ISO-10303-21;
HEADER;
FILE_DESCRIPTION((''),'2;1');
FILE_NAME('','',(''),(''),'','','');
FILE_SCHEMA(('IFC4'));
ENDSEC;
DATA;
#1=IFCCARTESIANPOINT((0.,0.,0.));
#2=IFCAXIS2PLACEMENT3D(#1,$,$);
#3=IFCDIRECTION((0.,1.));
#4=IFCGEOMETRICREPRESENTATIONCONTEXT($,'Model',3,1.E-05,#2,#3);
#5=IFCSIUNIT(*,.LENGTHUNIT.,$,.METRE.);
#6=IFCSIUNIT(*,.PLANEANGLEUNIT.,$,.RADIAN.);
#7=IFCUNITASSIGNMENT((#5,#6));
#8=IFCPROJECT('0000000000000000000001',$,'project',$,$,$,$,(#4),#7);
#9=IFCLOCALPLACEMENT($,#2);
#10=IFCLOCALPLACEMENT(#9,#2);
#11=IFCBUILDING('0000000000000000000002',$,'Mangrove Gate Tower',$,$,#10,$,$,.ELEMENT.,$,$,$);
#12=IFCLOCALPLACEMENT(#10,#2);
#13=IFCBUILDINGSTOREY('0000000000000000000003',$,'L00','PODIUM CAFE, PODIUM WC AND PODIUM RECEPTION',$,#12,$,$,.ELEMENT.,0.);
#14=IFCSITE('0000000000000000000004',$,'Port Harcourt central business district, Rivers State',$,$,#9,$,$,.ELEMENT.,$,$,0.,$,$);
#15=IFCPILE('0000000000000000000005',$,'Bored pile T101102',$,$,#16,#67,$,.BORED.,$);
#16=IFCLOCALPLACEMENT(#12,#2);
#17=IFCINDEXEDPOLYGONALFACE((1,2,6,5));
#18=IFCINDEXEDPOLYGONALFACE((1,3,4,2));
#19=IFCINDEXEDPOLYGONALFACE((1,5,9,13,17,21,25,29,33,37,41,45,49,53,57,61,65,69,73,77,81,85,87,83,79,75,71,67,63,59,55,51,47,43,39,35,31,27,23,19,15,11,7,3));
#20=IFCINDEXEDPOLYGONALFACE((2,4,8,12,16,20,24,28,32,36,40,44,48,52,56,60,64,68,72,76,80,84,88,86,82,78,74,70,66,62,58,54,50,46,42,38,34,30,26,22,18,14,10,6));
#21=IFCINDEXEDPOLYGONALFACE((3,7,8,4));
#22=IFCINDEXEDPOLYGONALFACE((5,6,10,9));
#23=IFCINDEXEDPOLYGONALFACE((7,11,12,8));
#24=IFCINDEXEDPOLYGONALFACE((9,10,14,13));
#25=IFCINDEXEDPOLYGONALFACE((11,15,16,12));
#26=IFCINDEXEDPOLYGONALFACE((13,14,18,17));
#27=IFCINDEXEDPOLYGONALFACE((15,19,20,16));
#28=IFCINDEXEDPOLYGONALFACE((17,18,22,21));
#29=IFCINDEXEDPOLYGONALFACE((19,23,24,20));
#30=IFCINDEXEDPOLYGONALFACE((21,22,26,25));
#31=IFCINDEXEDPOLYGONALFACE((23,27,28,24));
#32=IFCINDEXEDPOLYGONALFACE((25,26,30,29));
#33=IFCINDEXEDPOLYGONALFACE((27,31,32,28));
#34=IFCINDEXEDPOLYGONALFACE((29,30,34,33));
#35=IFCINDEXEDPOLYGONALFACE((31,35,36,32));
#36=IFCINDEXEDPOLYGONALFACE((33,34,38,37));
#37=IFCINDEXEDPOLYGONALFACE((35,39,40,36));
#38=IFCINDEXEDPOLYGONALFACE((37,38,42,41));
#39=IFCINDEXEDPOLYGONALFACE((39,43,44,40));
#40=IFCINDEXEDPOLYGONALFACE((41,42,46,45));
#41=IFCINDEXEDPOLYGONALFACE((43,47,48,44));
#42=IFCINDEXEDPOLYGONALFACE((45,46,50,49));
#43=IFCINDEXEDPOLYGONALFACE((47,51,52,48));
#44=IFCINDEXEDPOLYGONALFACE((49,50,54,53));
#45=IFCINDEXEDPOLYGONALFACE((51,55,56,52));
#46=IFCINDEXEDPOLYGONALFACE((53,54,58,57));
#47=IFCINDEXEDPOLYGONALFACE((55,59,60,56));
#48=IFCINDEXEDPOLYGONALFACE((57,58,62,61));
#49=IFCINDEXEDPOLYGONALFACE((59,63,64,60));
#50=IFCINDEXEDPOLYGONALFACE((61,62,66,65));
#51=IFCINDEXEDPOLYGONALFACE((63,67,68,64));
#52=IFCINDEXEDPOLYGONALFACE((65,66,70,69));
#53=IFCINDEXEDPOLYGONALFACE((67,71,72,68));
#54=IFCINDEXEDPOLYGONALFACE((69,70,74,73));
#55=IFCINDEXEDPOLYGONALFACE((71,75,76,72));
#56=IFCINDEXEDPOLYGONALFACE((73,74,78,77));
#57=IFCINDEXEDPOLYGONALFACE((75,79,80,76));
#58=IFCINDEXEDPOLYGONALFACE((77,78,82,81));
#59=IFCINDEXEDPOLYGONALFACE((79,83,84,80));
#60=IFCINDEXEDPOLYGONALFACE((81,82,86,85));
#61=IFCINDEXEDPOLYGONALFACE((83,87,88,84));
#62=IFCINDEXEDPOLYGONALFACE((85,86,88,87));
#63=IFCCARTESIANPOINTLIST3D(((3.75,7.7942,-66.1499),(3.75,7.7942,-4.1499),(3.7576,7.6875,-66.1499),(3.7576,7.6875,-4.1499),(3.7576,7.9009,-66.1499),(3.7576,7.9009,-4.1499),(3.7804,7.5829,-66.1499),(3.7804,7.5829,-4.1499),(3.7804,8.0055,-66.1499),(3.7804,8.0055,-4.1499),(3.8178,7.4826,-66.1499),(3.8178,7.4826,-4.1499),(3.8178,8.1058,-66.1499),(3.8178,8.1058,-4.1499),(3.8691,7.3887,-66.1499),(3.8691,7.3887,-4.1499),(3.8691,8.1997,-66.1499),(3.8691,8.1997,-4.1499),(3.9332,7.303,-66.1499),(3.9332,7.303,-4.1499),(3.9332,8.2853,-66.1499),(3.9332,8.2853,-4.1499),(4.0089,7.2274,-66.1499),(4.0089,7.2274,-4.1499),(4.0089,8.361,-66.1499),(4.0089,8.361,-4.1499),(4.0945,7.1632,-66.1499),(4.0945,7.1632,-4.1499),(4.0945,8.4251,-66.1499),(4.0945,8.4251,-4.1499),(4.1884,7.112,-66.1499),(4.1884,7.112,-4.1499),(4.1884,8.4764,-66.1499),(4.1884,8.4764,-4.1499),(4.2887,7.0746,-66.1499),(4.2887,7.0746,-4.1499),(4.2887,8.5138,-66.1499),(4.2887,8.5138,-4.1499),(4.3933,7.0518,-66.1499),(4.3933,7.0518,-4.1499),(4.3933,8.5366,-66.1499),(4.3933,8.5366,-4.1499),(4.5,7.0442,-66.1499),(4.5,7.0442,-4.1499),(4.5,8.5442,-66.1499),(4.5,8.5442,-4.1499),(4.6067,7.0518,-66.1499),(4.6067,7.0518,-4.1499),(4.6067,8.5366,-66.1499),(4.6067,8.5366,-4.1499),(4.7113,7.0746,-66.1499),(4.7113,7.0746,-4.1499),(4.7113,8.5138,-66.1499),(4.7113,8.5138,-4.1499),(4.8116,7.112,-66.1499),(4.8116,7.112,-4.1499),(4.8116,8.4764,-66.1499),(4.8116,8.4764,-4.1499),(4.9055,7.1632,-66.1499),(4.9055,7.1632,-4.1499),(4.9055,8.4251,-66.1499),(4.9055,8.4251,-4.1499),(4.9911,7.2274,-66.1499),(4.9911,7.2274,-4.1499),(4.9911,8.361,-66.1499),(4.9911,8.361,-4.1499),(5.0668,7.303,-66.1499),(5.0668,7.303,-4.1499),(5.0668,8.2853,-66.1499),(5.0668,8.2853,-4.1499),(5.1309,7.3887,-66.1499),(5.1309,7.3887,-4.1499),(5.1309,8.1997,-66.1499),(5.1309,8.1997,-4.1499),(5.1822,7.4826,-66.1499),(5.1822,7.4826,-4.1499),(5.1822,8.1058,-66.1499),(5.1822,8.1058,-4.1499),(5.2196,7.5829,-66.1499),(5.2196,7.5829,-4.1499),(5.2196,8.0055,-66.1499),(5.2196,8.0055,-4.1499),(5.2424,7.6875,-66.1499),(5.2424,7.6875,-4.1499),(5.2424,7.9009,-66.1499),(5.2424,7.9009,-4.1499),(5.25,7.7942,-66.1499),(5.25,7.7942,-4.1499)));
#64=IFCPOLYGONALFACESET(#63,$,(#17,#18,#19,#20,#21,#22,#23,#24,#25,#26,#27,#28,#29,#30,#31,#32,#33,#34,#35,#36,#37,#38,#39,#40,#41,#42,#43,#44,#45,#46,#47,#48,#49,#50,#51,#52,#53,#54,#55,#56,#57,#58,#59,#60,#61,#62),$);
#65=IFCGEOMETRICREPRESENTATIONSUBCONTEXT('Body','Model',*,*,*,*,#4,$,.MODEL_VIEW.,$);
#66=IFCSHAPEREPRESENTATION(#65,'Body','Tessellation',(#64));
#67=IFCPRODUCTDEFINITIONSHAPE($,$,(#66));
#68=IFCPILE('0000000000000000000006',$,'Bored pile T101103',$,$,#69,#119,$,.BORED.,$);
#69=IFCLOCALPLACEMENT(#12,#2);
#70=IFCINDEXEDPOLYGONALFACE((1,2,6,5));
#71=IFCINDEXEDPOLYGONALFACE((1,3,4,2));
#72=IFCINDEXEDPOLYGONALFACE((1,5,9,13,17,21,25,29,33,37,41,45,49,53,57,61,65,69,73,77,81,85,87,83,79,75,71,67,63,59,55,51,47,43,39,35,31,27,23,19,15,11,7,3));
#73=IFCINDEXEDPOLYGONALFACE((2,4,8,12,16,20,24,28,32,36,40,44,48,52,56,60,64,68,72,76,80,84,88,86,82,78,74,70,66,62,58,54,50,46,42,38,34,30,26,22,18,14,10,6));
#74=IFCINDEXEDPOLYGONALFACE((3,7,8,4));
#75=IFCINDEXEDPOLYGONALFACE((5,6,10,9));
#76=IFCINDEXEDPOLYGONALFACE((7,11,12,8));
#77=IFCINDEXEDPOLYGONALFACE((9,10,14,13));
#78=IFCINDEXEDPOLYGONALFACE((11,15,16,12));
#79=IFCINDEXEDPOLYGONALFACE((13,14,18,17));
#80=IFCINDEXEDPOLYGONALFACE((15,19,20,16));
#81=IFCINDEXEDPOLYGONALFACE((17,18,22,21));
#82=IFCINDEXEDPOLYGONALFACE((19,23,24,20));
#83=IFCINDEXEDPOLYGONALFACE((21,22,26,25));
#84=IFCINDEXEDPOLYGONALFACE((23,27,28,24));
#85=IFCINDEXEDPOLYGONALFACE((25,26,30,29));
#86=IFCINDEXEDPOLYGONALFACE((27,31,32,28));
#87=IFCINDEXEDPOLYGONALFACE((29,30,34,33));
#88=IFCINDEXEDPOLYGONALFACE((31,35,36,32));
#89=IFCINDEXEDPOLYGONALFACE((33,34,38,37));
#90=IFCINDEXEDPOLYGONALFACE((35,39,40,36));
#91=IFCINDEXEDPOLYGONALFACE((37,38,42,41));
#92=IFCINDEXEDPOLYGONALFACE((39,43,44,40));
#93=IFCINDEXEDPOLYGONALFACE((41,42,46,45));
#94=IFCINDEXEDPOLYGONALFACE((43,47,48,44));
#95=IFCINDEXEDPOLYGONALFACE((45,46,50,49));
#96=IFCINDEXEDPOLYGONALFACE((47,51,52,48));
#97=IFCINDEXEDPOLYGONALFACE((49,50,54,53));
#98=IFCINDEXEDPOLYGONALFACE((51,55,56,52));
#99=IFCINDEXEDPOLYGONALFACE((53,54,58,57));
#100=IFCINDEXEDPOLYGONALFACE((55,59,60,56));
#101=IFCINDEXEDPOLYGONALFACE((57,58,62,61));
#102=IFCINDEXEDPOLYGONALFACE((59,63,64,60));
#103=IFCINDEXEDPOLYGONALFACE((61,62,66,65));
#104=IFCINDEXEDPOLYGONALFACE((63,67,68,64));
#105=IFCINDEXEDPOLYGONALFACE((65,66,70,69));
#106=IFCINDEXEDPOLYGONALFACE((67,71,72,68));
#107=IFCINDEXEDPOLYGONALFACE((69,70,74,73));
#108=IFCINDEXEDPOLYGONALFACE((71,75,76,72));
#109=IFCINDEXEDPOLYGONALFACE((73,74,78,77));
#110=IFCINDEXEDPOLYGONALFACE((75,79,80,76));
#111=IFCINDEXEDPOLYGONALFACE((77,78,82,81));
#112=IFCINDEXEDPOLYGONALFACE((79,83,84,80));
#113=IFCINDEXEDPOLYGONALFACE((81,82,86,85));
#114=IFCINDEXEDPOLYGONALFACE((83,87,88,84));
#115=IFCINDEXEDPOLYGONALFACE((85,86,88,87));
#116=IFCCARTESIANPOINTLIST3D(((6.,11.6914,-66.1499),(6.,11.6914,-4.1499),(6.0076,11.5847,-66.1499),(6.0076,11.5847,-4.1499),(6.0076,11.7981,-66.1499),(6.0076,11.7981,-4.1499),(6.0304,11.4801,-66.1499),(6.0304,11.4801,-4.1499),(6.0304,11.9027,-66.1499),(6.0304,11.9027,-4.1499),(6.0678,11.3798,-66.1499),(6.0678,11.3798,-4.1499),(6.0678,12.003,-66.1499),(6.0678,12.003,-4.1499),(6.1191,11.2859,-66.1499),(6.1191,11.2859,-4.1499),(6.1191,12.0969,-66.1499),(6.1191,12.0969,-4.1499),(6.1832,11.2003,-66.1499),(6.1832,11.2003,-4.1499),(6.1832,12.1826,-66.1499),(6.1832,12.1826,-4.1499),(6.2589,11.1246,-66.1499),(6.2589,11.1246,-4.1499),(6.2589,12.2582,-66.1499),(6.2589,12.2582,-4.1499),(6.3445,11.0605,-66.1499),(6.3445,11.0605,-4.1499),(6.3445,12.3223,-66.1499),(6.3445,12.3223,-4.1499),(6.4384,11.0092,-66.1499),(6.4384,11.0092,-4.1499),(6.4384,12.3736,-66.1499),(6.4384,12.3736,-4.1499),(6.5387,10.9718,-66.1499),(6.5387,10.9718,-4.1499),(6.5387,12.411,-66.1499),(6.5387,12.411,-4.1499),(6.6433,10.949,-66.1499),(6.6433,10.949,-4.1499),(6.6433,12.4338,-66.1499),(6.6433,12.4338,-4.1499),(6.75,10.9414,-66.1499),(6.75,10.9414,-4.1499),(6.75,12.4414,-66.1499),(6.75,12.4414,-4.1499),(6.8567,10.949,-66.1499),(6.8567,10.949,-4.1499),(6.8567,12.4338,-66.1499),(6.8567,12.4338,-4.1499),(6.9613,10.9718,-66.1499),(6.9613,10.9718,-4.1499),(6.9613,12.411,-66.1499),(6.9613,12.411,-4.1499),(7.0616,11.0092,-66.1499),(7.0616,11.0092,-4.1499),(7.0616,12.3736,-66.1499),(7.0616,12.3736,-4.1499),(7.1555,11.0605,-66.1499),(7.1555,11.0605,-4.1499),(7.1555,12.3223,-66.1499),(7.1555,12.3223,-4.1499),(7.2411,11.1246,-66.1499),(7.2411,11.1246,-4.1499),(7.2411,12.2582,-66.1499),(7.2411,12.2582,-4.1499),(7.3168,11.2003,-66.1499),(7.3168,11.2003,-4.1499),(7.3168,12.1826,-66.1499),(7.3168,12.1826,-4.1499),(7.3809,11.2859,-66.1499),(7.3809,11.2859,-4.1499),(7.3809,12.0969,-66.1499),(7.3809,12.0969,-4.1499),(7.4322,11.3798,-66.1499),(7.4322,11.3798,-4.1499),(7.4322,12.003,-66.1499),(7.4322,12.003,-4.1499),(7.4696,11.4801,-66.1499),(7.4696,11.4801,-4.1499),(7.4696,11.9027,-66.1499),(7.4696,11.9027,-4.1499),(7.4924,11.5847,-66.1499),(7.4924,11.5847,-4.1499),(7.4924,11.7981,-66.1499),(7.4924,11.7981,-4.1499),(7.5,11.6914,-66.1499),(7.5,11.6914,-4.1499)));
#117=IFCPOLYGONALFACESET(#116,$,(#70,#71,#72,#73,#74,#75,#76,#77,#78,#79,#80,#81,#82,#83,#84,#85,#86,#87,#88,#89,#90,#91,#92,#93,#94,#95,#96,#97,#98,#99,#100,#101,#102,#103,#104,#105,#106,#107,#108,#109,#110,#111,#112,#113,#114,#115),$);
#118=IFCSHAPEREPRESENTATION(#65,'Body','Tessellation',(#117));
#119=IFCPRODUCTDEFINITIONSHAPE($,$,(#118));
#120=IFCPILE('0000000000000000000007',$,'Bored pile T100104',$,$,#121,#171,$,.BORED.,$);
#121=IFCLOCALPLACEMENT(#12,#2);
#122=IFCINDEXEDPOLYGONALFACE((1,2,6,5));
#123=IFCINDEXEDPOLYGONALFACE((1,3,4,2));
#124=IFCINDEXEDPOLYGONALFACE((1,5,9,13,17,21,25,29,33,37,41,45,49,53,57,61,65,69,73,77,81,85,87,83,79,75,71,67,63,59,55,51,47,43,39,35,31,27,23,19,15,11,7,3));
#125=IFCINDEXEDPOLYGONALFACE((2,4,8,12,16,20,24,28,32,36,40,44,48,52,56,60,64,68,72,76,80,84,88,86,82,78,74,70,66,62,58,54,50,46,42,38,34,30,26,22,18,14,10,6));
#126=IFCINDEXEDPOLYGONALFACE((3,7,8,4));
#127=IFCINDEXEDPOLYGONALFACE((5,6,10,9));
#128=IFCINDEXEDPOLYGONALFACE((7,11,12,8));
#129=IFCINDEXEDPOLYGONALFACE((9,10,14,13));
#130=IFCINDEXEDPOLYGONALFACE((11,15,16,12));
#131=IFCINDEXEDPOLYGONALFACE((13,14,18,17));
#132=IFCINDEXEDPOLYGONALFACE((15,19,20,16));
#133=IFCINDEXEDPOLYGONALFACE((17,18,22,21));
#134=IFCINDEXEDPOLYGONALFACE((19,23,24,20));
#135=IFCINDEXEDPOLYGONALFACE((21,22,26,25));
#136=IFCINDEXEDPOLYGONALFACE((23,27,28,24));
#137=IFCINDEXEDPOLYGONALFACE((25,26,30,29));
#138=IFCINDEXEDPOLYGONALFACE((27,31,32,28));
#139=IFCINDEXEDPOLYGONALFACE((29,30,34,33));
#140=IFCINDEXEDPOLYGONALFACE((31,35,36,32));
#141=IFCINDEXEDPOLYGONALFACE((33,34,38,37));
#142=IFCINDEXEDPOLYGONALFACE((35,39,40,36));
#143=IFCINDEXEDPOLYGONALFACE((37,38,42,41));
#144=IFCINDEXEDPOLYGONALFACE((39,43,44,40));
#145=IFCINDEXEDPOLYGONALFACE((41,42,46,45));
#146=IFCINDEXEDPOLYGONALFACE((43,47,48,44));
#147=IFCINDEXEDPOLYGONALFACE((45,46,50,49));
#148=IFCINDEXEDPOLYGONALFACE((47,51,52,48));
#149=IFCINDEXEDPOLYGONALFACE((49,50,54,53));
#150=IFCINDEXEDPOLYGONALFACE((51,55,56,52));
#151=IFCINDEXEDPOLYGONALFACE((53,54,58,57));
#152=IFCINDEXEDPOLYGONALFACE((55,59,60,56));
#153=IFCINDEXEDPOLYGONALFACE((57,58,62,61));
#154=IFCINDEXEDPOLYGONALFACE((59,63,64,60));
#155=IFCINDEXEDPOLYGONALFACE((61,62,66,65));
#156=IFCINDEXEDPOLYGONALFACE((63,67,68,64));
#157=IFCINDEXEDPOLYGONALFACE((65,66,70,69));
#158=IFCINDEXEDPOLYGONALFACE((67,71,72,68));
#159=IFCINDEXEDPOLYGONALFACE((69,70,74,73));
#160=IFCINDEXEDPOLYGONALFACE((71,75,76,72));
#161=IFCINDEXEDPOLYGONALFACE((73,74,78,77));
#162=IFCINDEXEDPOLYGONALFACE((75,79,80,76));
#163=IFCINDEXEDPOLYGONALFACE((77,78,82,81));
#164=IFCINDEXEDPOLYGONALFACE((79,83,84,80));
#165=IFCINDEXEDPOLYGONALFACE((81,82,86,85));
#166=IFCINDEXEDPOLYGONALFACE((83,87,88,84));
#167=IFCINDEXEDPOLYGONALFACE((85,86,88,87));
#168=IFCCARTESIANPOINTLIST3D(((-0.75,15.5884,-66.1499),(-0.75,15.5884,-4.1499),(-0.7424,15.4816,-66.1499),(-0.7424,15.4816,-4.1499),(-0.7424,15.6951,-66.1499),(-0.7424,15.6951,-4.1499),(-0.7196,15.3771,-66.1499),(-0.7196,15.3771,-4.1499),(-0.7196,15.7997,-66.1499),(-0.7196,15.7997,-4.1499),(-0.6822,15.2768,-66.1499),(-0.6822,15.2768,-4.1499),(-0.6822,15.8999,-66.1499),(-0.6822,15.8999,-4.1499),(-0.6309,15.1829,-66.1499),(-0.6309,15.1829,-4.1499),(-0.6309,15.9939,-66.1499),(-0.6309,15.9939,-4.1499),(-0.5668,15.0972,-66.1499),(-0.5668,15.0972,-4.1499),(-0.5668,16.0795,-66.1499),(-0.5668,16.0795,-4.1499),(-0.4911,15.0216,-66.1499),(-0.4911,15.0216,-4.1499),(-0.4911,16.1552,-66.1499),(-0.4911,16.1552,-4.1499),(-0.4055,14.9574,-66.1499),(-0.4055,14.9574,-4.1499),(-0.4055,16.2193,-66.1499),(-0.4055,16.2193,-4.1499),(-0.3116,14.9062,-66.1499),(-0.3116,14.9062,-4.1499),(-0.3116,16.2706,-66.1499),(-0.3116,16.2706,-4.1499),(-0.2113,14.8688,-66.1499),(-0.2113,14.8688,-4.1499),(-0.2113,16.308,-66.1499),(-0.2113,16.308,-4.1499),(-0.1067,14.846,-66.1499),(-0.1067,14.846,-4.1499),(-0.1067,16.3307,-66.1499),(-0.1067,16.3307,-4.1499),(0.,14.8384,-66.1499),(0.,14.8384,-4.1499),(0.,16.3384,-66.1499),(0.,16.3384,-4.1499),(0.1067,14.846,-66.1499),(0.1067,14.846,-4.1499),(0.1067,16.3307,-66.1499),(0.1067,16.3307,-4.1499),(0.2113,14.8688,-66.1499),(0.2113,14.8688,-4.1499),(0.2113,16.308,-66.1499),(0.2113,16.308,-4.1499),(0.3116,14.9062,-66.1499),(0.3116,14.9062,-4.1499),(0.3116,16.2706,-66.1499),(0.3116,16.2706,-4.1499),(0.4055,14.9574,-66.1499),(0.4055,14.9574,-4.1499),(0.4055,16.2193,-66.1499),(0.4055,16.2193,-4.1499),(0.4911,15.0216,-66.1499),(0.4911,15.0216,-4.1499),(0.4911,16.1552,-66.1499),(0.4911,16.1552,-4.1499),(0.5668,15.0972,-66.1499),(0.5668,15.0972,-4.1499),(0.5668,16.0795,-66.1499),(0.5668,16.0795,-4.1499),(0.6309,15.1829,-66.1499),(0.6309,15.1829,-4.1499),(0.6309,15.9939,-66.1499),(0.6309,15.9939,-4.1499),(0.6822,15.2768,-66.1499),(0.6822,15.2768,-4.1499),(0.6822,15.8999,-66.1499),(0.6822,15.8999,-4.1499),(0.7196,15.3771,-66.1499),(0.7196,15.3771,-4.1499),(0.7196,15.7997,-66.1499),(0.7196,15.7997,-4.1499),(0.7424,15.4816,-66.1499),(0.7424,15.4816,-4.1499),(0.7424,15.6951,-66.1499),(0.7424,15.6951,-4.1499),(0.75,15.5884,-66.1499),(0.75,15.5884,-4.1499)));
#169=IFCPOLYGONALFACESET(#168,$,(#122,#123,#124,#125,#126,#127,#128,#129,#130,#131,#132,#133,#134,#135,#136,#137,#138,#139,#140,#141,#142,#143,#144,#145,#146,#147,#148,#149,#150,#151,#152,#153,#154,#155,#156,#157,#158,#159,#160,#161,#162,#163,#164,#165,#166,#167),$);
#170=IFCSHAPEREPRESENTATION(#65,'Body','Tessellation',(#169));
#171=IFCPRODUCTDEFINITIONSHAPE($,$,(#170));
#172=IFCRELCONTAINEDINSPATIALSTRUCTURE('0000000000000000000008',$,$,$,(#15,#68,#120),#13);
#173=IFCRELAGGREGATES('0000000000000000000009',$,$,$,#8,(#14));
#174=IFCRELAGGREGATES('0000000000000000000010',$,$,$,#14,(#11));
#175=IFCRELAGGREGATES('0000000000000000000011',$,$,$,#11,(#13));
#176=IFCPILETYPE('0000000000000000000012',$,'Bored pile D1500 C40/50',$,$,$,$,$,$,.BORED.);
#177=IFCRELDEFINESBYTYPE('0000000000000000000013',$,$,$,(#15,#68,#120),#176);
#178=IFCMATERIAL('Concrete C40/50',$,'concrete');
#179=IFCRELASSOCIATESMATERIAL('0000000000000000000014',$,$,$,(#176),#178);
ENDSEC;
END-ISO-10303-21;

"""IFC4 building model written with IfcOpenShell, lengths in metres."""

from ifc_helpers import new_model, si_unit, direction, frame, origin, origin_2d, place, context, subcontext, project, spatial, circle, extrude, material, material_profile, profile_set, type_object, element, save


model = new_model("IFC4")

# Units and contexts
model_context = context("Model", 3, precision=1e-05, world=origin(), true_north=direction((0.0, 1.0)))
body_context = subcontext(model_context, "Body", "Model", "MODEL_VIEW")
ifc_project = project(units=[si_unit("LENGTHUNIT", "METRE"), si_unit("PLANEANGLEUNIT", "RADIAN")], contexts=[model_context])

# Site, building, storey
site_placement = place(None, origin())
site = spatial("IfcSite", under=ifc_project, at=site_placement, Name="Port Harcourt central business district, Rivers State", CompositionType="ELEMENT", RefElevation=0.0)
building_placement = place(site_placement, origin())
building = spatial("IfcBuilding", under=site, at=building_placement, Name="Mangrove Gate Tower", CompositionType="ELEMENT")
storey_placement = place(building_placement, origin())
storey = spatial("IfcBuildingStorey", under=building, at=storey_placement, Name="L00", Description="PODIUM CAFE, PODIUM WC AND PODIUM RECEPTION", CompositionType="ELEMENT", Elevation=0.0)

# Piles
ifc_material_1 = material(Name="Concrete C40/50", Category="concrete")
ifc_material_profile = material_profile(ifc_material_1, circle(Radius=0.75, at=origin_2d()))
ifc_profile_set = profile_set([ifc_material_profile], Name="Concrete C40/50")
pile_type = type_object("IfcPileType", Name="Bored pile D1500 C40/50", PredefinedType="BORED", material=ifc_profile_set)
for number, where, z_axis, x_axis, name in (
    (1, (4.5, 7.7942, -4.1499), (0.0, 0.0, -1.0), (1.0, 0.0, 0.0), "Bored pile T101102"),
    (2, (6.75, 11.6914, -4.1499), (0.0, 0.0, -1.0), (1.0, 0.0, 0.0), "Bored pile T101103"),
    (3, (0.0, 15.5884, -4.1499), (0.0, 0.0, -1.0), (1.0, 0.0, 0.0), "Bored pile T100104"),
):
    element("IfcPile", number, at=place(storey_placement, frame(where, z_axis=z_axis, x_axis=x_axis)), inside=storey, type_object=pile_type, Name=name, PredefinedType="BORED", context=body_context, shape_type="SweptSolid", body=[
        extrude(circle(Radius=0.75, at=origin_2d()), origin(), (0.0, 0.0, 1.0), 62.0),
    ])

save(model, "model.ifc")
